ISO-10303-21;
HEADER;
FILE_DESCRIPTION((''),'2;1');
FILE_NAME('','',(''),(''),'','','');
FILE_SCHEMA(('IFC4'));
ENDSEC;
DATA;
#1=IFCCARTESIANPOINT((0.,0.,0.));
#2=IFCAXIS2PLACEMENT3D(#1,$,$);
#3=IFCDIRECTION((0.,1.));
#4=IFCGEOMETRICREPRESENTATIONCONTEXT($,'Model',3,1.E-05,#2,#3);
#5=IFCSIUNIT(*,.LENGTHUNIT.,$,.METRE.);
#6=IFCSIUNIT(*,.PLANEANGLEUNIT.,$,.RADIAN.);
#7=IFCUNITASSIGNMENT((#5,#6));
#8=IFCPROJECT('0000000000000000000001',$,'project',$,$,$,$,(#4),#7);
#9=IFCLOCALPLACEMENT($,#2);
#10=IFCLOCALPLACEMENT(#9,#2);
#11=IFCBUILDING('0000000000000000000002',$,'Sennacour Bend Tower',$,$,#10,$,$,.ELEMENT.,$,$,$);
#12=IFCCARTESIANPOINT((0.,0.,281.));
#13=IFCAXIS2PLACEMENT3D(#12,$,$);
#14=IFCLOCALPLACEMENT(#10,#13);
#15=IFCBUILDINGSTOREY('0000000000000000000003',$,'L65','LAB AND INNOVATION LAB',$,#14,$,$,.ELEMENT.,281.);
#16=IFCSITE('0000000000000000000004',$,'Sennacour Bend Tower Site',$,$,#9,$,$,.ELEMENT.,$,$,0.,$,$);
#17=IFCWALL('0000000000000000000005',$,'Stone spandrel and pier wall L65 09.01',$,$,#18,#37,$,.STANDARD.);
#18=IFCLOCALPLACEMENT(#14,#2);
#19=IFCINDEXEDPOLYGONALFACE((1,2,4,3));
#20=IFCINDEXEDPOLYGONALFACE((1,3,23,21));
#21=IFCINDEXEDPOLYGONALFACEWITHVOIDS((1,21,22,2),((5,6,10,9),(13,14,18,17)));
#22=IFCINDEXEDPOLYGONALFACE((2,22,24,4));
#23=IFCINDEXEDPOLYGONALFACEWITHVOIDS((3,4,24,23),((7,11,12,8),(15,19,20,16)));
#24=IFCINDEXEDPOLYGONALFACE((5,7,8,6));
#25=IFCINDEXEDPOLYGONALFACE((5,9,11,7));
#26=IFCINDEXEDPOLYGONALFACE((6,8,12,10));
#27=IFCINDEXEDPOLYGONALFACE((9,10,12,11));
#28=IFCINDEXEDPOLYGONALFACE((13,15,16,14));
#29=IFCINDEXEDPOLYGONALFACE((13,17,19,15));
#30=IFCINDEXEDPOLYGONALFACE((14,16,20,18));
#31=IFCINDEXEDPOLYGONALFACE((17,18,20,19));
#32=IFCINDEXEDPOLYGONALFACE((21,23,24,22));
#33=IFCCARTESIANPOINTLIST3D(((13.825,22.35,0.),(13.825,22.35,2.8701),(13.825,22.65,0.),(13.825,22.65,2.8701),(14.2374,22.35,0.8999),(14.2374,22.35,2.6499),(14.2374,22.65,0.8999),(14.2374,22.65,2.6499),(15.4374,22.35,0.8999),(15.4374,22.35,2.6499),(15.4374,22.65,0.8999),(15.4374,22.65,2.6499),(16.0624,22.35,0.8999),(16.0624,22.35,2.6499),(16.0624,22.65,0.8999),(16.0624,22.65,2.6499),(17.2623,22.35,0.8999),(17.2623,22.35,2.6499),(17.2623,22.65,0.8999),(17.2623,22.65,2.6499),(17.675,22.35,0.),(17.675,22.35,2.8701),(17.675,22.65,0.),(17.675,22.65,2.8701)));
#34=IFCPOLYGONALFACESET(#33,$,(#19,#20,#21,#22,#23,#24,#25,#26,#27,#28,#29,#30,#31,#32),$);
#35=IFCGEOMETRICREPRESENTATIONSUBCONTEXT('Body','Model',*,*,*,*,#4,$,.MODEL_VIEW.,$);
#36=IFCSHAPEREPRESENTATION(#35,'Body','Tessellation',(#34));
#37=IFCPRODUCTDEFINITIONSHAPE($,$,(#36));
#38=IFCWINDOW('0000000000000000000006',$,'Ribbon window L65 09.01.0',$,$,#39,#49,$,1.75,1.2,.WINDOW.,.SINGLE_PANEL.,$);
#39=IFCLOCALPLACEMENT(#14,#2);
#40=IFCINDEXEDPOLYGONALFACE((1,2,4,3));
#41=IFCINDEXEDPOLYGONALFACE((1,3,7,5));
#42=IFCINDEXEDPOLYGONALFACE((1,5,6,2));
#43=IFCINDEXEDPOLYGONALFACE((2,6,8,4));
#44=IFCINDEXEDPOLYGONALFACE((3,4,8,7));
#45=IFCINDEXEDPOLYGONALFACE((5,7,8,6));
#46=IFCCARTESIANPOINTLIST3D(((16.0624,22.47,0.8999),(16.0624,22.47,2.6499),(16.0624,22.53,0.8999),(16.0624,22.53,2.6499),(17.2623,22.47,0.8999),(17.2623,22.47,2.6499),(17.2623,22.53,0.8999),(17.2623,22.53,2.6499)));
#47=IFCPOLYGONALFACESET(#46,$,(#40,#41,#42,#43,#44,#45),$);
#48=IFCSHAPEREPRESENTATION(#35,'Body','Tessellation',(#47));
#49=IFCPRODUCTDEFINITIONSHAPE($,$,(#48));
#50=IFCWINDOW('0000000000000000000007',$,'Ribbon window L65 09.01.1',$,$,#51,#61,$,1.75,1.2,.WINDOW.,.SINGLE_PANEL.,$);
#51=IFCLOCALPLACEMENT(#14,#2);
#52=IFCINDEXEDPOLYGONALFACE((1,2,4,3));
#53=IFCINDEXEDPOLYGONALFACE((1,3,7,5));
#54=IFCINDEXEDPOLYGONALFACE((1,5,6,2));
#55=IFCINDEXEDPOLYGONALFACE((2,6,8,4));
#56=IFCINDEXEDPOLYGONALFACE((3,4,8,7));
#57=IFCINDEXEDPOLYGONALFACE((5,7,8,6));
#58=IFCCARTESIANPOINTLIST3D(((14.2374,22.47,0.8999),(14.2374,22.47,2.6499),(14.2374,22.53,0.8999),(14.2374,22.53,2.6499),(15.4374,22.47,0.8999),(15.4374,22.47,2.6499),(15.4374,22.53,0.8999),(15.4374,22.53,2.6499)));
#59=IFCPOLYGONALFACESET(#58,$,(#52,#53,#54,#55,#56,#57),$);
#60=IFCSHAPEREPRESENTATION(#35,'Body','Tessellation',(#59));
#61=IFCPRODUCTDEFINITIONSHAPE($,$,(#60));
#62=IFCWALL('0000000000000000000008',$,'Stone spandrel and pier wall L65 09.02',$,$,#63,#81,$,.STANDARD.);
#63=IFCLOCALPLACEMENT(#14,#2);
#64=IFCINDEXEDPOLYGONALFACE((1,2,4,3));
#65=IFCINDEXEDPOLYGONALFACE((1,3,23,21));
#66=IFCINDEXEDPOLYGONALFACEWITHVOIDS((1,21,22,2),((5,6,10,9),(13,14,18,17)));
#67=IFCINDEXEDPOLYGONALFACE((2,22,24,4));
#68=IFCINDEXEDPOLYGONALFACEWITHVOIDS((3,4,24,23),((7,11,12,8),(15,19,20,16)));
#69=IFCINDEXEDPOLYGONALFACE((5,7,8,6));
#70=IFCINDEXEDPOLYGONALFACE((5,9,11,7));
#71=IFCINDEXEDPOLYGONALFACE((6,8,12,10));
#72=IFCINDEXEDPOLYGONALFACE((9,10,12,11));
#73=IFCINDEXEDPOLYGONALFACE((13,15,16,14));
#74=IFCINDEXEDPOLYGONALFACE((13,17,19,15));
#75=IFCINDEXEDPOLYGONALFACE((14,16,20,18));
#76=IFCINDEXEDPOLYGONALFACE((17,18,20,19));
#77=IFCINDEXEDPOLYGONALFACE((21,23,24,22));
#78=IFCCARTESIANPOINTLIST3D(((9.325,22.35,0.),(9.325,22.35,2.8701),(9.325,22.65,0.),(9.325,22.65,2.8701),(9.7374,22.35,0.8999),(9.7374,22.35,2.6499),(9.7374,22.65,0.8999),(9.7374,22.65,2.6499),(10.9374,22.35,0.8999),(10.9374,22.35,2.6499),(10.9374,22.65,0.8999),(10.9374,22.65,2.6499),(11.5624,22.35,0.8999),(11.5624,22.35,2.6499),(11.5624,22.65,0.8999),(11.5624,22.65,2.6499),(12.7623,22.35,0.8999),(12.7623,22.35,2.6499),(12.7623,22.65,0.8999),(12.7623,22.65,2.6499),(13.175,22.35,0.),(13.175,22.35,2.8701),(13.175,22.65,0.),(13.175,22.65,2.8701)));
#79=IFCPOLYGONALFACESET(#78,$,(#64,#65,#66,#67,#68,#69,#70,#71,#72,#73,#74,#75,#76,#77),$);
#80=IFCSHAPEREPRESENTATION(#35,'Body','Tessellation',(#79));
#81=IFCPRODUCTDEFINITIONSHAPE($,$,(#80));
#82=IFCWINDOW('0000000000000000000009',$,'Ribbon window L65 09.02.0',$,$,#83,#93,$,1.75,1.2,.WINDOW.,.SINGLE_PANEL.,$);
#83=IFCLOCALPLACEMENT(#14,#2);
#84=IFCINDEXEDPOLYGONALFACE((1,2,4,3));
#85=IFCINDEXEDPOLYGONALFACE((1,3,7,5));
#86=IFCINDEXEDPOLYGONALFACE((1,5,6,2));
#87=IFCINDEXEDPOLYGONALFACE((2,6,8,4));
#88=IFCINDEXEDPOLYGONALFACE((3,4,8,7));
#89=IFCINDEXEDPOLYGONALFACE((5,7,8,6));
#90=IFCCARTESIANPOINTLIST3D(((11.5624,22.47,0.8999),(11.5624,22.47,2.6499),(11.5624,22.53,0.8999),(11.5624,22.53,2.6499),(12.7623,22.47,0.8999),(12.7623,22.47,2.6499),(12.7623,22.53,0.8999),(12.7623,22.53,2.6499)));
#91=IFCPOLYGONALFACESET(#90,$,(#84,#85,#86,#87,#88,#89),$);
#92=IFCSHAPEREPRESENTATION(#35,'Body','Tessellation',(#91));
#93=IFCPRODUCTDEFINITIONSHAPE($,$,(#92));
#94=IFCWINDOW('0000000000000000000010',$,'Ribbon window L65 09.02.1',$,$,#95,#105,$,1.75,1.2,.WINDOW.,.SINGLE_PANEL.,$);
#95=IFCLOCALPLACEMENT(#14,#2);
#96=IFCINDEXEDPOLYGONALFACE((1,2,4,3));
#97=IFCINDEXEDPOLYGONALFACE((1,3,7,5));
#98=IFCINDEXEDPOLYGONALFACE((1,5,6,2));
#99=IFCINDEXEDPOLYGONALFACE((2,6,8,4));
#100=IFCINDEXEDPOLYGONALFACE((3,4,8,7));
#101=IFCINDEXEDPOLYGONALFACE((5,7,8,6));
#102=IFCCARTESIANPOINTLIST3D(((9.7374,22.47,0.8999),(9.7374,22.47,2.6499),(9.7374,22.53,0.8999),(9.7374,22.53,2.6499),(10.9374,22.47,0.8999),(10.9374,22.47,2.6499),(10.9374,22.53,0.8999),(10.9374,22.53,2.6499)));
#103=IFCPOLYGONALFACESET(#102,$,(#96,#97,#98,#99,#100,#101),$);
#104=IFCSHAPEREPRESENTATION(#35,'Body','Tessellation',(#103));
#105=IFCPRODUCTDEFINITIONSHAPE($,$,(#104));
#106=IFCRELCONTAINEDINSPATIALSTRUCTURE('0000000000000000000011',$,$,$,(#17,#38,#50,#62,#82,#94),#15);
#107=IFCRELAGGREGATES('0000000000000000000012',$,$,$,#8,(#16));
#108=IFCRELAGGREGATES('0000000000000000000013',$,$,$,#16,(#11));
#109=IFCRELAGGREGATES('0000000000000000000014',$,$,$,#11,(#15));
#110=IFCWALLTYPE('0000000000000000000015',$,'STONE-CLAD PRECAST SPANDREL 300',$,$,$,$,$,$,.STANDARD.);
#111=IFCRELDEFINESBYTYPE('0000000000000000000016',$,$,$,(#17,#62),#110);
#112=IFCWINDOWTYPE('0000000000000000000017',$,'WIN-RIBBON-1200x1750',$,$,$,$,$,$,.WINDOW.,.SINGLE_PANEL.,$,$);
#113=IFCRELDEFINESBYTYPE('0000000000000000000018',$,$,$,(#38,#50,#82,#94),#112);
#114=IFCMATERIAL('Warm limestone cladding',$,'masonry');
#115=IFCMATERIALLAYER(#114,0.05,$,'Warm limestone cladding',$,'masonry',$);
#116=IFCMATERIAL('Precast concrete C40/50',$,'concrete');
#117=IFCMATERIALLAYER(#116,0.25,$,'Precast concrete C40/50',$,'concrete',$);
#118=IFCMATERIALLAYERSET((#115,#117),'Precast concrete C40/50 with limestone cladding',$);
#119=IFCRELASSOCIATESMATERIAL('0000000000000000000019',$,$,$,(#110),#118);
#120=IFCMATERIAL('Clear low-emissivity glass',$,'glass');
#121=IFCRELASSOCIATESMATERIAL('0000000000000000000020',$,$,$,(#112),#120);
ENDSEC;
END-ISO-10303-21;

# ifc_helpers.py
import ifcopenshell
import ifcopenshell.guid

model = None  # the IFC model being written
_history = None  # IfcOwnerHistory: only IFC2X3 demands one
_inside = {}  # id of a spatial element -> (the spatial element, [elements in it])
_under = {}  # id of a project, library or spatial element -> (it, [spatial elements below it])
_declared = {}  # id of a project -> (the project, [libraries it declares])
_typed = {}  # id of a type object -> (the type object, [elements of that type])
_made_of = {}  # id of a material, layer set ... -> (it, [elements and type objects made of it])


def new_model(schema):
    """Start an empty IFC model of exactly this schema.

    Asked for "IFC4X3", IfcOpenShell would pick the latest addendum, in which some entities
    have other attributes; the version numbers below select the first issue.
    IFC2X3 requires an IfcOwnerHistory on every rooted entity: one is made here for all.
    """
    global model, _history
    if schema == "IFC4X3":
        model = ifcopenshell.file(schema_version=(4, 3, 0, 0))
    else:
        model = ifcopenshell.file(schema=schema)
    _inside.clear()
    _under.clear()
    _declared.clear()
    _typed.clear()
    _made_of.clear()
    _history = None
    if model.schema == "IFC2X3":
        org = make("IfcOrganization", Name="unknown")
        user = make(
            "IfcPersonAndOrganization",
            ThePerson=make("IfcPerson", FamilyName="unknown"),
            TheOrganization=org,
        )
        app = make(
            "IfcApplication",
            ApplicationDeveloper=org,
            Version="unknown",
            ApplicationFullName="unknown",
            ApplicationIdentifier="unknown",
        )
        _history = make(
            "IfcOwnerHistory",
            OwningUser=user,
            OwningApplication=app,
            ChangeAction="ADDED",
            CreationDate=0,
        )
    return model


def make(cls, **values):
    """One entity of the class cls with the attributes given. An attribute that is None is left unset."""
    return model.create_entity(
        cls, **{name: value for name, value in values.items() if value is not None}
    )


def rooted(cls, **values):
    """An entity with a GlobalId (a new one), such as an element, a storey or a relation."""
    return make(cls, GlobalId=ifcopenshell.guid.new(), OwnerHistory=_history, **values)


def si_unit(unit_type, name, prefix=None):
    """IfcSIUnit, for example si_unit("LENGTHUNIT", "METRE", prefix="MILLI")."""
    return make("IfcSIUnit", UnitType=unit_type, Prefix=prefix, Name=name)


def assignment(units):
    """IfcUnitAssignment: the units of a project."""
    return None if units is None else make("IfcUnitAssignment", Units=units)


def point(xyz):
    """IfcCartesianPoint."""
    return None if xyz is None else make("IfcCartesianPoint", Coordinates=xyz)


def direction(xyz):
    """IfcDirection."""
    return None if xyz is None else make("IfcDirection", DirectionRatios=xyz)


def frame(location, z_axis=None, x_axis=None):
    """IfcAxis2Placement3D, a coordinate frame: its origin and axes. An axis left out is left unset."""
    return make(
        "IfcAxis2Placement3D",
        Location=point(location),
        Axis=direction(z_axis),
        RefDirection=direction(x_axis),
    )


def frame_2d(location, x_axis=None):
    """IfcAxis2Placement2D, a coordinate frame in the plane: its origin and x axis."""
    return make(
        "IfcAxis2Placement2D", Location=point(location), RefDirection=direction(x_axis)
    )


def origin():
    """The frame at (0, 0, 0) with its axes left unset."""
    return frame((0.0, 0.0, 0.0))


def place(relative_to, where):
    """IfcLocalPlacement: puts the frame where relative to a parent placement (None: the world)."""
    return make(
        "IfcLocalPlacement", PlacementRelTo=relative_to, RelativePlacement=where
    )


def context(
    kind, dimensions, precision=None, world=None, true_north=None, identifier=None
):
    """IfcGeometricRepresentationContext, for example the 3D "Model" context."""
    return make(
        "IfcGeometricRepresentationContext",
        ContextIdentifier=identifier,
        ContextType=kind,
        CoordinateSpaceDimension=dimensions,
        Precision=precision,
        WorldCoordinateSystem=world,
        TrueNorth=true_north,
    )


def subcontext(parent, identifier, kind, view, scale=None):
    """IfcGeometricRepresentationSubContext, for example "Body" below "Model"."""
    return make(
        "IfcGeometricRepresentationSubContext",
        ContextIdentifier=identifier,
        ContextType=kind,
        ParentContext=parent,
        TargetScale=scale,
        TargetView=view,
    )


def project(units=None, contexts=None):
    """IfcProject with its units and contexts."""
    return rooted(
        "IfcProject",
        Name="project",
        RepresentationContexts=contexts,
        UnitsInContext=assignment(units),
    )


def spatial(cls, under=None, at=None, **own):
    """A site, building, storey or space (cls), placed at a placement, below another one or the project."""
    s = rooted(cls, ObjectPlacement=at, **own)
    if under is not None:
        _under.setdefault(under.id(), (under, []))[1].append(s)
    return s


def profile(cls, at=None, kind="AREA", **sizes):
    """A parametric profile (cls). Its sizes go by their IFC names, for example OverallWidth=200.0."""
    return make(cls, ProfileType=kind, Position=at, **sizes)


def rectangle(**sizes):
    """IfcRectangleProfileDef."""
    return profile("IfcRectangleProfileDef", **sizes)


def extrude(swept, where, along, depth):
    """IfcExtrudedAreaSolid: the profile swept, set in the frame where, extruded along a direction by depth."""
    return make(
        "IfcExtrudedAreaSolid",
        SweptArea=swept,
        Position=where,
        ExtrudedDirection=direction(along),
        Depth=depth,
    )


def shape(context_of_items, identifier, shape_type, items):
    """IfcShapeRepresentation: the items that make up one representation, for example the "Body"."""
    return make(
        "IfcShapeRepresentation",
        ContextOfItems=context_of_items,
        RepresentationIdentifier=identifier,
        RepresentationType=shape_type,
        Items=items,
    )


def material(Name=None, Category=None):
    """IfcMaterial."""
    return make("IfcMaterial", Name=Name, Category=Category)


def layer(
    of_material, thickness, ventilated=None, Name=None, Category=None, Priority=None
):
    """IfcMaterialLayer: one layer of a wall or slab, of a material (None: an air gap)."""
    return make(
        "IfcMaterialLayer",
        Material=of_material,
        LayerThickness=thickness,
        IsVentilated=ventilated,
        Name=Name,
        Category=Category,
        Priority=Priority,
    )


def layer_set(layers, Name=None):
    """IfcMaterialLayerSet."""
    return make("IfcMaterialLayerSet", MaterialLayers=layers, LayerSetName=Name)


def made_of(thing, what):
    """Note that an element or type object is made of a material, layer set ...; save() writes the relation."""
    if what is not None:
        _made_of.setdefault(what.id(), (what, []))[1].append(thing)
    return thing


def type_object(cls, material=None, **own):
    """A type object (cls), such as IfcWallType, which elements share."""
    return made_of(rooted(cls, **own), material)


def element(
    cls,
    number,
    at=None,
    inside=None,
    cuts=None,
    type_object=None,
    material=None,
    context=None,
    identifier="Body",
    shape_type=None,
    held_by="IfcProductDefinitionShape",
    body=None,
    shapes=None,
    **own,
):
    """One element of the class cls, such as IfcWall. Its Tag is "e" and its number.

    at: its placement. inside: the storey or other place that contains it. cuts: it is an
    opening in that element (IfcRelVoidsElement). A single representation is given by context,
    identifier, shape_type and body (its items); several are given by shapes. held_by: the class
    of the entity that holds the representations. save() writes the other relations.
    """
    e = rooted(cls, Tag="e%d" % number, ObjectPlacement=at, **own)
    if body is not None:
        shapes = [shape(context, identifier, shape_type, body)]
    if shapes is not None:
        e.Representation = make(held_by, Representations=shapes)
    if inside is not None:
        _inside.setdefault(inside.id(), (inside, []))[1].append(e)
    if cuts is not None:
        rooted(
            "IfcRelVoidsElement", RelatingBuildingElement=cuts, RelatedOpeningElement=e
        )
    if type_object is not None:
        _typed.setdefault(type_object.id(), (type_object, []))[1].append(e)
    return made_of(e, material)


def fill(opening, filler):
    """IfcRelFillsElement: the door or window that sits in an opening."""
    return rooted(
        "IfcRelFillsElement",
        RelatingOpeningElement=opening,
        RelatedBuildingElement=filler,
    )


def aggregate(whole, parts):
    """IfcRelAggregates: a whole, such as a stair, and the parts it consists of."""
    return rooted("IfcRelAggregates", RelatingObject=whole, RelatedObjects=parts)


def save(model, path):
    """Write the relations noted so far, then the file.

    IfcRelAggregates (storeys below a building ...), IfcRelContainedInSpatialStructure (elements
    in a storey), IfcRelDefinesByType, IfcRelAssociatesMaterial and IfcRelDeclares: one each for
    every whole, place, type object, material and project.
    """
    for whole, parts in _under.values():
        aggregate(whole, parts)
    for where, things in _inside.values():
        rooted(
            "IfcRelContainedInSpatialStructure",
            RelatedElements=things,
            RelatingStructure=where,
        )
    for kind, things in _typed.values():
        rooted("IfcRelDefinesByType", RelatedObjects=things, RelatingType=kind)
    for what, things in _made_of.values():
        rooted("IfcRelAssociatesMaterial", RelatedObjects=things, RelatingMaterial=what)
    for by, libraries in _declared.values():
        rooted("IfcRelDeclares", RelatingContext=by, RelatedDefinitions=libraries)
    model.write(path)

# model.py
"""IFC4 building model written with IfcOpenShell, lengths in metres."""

from ifc_helpers import new_model, si_unit, direction, frame, frame_2d, origin, place, context, subcontext, project, spatial, rectangle, extrude, material, layer, layer_set, type_object, element, fill, save


model = new_model("IFC4")

# Units and contexts
model_context = context("Model", 3, precision=1e-05, world=origin(), true_north=direction((0.0, 1.0)))
body_context = subcontext(model_context, "Body", "Model", "MODEL_VIEW")
ifc_project = project(units=[si_unit("LENGTHUNIT", "METRE"), si_unit("PLANEANGLEUNIT", "RADIAN")], contexts=[model_context])

# Site, building, storey
site_placement = place(None, origin())
site = spatial("IfcSite", under=ifc_project, at=site_placement, Name="Sennacour Bend Tower Site", CompositionType="ELEMENT", RefElevation=0.0)
building_placement = place(site_placement, origin())
building = spatial("IfcBuilding", under=site, at=building_placement, Name="Sennacour Bend Tower", CompositionType="ELEMENT")
storey_placement = place(building_placement, frame((0.0, 0.0, 281.0)))
storey = spatial("IfcBuildingStorey", under=building, at=storey_placement, Name="L65", Description="LAB AND INNOVATION LAB", CompositionType="ELEMENT", Elevation=281.0)

# Walls, openings, windows
ifc_material_1 = material(Name="Warm limestone cladding", Category="masonry")
ifc_layer_1 = layer(ifc_material_1, 0.05, Name="Warm limestone cladding", Category="masonry")
ifc_material_2 = material(Name="Precast concrete C40/50", Category="concrete")
ifc_layer_2 = layer(ifc_material_2, 0.25, Name="Precast concrete C40/50", Category="concrete")
ifc_layer_set_1 = layer_set([ifc_layer_1, ifc_layer_2], Name="Precast concrete C40/50 with limestone cladding")
wall_type_1 = type_object("IfcWallType", Name="STONE-CLAD PRECAST SPANDREL 300", PredefinedType="STANDARD", material=ifc_layer_set_1)
wall_1_placement = place(storey_placement, frame((17.675, 22.5, 0.0), z_axis=(0.0, 0.0, 1.0), x_axis=(-1.0, 0.0, 0.0)))
wall_1 = element("IfcWall", 1, at=wall_1_placement, inside=storey, type_object=wall_type_1, Name="Stone spandrel and pier wall L65 09.01", PredefinedType="STANDARD", context=body_context, shape_type="SweptSolid", body=[
    extrude(rectangle(XDim=3.8501, YDim=0.3, at=frame_2d((1.925, 0.0))), origin(), (0.0, 0.0, 1.0), 2.8701),
])
opening_1_placement = place(wall_1_placement, frame((0.4126, 0.0, 0.8999)))
opening_1 = element("IfcOpeningElement", 2, at=opening_1_placement, cuts=wall_1, PredefinedType="OPENING", context=body_context, shape_type="SweptSolid", body=[
    extrude(rectangle(XDim=1.2, YDim=1.75, at=frame_2d((0.6001, 0.875))), frame((0.0, 0.1602, 0.0), z_axis=(0.0, -1.0, 0.0), x_axis=(1.0, 0.0, 0.0)), (0.0, 0.0, 1.0), 0.3201),
])
opening_2_placement = place(wall_1_placement, frame((2.2375, 0.0, 0.8999)))
opening_2 = element("IfcOpeningElement", 3, at=opening_2_placement, cuts=wall_1, PredefinedType="OPENING", context=body_context, shape_type="SweptSolid", body=[
    extrude(rectangle(XDim=1.2, YDim=1.75, at=frame_2d((0.6001, 0.875))), frame((0.0, 0.1602, 0.0), z_axis=(0.0, -1.0, 0.0), x_axis=(1.0, 0.0, 0.0)), (0.0, 0.0, 1.0), 0.3201),
])
ifc_material_3 = material(Name="Clear low-emissivity glass", Category="glass")
window_type = type_object("IfcWindowType", Name="WIN-RIBBON-1200x1750", PartitioningType="SINGLE_PANEL", PredefinedType="WINDOW", material=ifc_material_3)
window_1_placement = place(opening_1_placement, origin())
window_1 = element("IfcWindow", 4, at=window_1_placement, inside=storey, type_object=window_type, Name="Ribbon window L65 09.01.0", OverallHeight=1.75, OverallWidth=1.2, PartitioningType="SINGLE_PANEL", PredefinedType="WINDOW", context=body_context, shape_type="SweptSolid", body=[
    extrude(rectangle(XDim=1.2, YDim=1.75, at=frame_2d((0.6001, 0.875))), frame((0.0, 0.03, 0.0), z_axis=(0.0, -1.0, 0.0), x_axis=(1.0, 0.0, 0.0)), (0.0, 0.0, 1.0), 0.0601),
])
fill(opening_1, window_1)
window_2_placement = place(opening_2_placement, origin())
window_2 = element("IfcWindow", 5, at=window_2_placement, inside=storey, type_object=window_type, Name="Ribbon window L65 09.01.1", OverallHeight=1.75, OverallWidth=1.2, PartitioningType="SINGLE_PANEL", PredefinedType="WINDOW", context=body_context, shape_type="SweptSolid", body=[
    extrude(rectangle(XDim=1.2, YDim=1.75, at=frame_2d((0.6001, 0.875))), frame((0.0, 0.03, 0.0), z_axis=(0.0, -1.0, 0.0), x_axis=(1.0, 0.0, 0.0)), (0.0, 0.0, 1.0), 0.0601),
])
fill(opening_2, window_2)
wall_2_placement = place(storey_placement, frame((13.175, 22.5, 0.0), z_axis=(0.0, 0.0, 1.0), x_axis=(-1.0, 0.0, 0.0)))
wall_2 = element("IfcWall", 6, at=wall_2_placement, inside=storey, type_object=wall_type_1, Name="Stone spandrel and pier wall L65 09.02", PredefinedType="STANDARD", context=body_context, shape_type="SweptSolid", body=[
    extrude(rectangle(XDim=3.8501, YDim=0.3, at=frame_2d((1.925, 0.0))), origin(), (0.0, 0.0, 1.0), 2.8701),
])
opening_3_placement = place(wall_2_placement, frame((0.4126, 0.0, 0.8999)))
opening_3 = element("IfcOpeningElement", 7, at=opening_3_placement, cuts=wall_2, PredefinedType="OPENING", context=body_context, shape_type="SweptSolid", body=[
    extrude(rectangle(XDim=1.2, YDim=1.75, at=frame_2d((0.6001, 0.875))), frame((0.0, 0.1602, 0.0), z_axis=(0.0, -1.0, 0.0), x_axis=(1.0, 0.0, 0.0)), (0.0, 0.0, 1.0), 0.3201),
])
opening_4_placement = place(wall_2_placement, frame((2.2375, 0.0, 0.8999)))
opening_4 = element("IfcOpeningElement", 8, at=opening_4_placement, cuts=wall_2, PredefinedType="OPENING", context=body_context, shape_type="SweptSolid", body=[
    extrude(rectangle(XDim=1.2, YDim=1.75, at=frame_2d((0.6001, 0.875))), frame((0.0, 0.1602, 0.0), z_axis=(0.0, -1.0, 0.0), x_axis=(1.0, 0.0, 0.0)), (0.0, 0.0, 1.0), 0.3201),
])
window_3_placement = place(opening_3_placement, origin())
window_3 = element("IfcWindow", 9, at=window_3_placement, inside=storey, type_object=window_type, Name="Ribbon window L65 09.02.0", OverallHeight=1.75, OverallWidth=1.2, PartitioningType="SINGLE_PANEL", PredefinedType="WINDOW", context=body_context, shape_type="SweptSolid", body=[
    extrude(rectangle(XDim=1.2, YDim=1.75, at=frame_2d((0.6001, 0.875))), frame((0.0, 0.03, 0.0), z_axis=(0.0, -1.0, 0.0), x_axis=(1.0, 0.0, 0.0)), (0.0, 0.0, 1.0), 0.0601),
])
fill(opening_3, window_3)
window_4_placement = place(opening_4_placement, origin())
window_4 = element("IfcWindow", 10, at=window_4_placement, inside=storey, type_object=window_type, Name="Ribbon window L65 09.02.1", OverallHeight=1.75, OverallWidth=1.2, PartitioningType="SINGLE_PANEL", PredefinedType="WINDOW", context=body_context, shape_type="SweptSolid", body=[
    extrude(rectangle(XDim=1.2, YDim=1.75, at=frame_2d((0.6001, 0.875))), frame((0.0, 0.03, 0.0), z_axis=(0.0, -1.0, 0.0), x_axis=(1.0, 0.0, 0.0)), (0.0, 0.0, 1.0), 0.0601),
])
fill(opening_4, window_4)

save(model, "model.ifc")
